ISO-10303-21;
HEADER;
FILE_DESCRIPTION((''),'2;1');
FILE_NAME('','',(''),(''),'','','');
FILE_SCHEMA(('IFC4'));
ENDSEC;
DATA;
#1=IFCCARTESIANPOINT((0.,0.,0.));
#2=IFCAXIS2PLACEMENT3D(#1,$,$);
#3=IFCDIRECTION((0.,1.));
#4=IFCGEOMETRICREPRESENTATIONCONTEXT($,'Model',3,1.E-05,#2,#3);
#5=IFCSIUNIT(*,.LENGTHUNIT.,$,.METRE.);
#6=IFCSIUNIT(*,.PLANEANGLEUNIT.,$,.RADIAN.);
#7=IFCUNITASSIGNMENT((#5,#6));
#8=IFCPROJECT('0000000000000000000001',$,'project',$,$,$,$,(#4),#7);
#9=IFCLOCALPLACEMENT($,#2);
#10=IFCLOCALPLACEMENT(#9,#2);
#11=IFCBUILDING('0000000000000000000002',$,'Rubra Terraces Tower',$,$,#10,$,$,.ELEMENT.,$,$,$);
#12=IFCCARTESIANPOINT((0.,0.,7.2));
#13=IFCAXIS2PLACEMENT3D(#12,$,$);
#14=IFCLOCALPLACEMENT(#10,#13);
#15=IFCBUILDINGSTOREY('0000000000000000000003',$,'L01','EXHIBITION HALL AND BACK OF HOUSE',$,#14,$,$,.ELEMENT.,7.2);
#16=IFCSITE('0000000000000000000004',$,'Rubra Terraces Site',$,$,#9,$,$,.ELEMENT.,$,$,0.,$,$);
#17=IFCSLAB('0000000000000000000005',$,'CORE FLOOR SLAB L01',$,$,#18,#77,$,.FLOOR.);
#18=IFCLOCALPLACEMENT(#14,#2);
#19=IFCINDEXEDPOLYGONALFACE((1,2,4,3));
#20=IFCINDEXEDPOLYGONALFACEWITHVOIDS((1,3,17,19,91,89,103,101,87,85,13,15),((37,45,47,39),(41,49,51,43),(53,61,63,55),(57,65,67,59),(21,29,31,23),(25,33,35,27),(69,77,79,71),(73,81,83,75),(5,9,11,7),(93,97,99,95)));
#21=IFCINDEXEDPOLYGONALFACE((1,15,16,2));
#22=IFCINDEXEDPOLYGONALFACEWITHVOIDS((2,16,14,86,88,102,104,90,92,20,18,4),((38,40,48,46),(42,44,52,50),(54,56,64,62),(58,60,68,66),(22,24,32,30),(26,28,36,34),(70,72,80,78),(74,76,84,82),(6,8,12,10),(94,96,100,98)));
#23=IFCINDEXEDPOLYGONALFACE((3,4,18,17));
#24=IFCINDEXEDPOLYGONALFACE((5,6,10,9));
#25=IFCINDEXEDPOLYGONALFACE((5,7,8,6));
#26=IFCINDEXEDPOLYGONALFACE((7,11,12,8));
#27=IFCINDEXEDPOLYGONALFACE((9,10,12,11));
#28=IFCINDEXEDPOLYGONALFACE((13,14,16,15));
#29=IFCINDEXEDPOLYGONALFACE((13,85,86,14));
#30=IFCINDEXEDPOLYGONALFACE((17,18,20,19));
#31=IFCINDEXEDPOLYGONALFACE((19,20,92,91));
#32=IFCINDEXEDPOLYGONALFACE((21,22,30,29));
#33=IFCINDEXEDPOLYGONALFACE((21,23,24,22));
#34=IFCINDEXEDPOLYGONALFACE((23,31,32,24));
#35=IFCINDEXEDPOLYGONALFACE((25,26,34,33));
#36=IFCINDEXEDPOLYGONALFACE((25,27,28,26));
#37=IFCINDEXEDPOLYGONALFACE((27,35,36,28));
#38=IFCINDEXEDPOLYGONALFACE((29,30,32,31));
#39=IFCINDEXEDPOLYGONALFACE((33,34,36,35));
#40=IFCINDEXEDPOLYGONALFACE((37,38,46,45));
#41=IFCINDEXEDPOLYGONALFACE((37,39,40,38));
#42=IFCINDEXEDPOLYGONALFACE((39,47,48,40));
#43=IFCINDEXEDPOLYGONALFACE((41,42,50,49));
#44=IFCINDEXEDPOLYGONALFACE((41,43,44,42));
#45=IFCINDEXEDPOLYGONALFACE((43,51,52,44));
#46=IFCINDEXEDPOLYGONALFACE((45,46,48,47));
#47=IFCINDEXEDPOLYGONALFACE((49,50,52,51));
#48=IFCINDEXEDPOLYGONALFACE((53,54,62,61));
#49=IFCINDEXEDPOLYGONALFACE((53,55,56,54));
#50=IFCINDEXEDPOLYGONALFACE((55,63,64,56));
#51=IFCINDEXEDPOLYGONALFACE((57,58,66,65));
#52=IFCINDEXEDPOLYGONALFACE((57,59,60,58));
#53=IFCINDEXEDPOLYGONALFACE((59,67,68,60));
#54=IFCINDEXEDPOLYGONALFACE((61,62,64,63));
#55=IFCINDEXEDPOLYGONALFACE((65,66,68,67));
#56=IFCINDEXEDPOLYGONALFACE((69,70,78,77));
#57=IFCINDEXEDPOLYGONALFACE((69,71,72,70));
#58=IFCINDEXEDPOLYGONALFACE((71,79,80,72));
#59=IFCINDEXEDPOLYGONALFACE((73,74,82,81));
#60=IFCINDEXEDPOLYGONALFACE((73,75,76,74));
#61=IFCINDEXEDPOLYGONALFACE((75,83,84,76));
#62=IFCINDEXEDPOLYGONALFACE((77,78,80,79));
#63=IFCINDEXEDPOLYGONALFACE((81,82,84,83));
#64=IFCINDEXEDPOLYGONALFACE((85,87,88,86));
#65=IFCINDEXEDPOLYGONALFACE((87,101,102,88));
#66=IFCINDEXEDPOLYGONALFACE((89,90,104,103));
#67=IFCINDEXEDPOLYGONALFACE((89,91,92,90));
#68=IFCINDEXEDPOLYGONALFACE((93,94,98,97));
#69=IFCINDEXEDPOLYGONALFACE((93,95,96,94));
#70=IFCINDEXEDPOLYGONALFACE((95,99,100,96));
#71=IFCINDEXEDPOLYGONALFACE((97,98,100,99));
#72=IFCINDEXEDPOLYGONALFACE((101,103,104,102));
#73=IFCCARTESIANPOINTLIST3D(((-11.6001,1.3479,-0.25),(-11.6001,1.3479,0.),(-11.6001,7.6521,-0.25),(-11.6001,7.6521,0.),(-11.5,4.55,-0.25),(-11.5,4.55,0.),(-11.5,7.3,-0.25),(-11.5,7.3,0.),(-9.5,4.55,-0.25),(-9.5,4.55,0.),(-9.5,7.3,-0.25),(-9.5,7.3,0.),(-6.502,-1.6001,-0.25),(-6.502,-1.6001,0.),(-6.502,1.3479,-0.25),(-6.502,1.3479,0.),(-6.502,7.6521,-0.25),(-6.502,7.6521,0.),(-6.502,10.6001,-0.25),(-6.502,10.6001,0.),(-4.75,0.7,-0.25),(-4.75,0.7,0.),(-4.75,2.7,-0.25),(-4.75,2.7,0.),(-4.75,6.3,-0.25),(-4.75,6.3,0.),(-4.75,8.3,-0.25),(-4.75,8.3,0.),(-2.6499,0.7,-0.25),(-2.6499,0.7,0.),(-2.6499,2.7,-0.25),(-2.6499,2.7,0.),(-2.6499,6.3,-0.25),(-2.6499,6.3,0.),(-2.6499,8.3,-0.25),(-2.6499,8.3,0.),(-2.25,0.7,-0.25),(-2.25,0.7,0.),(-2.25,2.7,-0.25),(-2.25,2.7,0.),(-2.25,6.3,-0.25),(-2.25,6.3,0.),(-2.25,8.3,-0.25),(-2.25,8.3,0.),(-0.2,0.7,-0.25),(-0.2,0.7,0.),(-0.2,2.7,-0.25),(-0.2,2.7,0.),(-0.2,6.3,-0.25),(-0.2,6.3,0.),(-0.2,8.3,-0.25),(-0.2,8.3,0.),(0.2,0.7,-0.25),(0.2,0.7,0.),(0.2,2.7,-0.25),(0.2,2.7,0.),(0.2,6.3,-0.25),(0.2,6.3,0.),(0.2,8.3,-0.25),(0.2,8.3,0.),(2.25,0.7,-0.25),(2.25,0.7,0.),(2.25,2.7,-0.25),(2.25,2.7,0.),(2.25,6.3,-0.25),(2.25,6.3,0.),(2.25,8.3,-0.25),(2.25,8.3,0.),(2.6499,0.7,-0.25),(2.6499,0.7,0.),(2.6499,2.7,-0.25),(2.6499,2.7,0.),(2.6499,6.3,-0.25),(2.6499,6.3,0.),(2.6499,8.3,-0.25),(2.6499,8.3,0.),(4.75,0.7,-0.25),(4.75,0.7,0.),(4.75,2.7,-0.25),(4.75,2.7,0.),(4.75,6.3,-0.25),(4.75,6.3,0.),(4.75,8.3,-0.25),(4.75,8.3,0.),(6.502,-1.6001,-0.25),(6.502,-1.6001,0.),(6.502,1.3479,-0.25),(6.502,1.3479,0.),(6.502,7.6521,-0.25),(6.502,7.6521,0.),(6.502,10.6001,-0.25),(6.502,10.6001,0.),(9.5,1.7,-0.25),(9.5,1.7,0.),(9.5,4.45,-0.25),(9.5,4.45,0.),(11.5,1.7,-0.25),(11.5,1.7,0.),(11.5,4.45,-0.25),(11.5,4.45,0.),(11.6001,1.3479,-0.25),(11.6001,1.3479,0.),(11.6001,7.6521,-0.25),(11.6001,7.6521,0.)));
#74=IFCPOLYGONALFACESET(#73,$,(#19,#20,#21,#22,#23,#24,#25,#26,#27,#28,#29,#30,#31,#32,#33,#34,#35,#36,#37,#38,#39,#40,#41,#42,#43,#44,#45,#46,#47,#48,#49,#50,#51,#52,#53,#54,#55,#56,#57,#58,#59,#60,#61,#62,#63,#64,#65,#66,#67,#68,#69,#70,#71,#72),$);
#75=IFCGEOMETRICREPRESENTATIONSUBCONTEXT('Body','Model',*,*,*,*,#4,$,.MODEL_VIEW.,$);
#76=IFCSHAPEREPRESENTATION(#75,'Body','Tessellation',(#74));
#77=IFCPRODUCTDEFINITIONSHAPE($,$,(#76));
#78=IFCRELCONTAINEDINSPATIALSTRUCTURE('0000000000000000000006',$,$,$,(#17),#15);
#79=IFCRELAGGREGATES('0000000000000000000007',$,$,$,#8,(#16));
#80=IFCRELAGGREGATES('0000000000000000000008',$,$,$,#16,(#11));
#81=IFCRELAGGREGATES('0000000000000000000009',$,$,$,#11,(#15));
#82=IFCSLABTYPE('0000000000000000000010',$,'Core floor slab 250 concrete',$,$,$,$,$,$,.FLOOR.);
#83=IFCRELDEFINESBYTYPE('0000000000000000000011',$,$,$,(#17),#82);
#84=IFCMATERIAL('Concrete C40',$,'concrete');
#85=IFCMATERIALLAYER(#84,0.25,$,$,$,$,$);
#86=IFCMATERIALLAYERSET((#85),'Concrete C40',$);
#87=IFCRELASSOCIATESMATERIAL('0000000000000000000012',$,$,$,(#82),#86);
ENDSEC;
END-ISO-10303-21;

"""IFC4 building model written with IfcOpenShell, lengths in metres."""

from ifc_helpers import new_model, si_unit, direction, frame, origin, place, context, subcontext, project, spatial, polyline, outline, extrude, material, layer, layer_set, type_object, element, save


model = new_model("IFC4")

# Units and contexts
model_context = context("Model", 3, precision=1e-05, world=origin(), true_north=direction((0.0, 1.0)))
body_context = subcontext(model_context, "Body", "Model", "MODEL_VIEW")
ifc_project = project(units=[si_unit("LENGTHUNIT", "METRE"), si_unit("PLANEANGLEUNIT", "RADIAN")], contexts=[model_context])

# Site, building, storey
site_placement = place(None, origin())
site = spatial("IfcSite", under=ifc_project, at=site_placement, Name="Rubra Terraces Site", CompositionType="ELEMENT", RefElevation=0.0)
building_placement = place(site_placement, origin())
building = spatial("IfcBuilding", under=site, at=building_placement, Name="Rubra Terraces Tower", CompositionType="ELEMENT")
storey_placement = place(building_placement, frame((0.0, 0.0, 7.2)))
storey = spatial("IfcBuildingStorey", under=building, at=storey_placement, Name="L01", Description="EXHIBITION HALL AND BACK OF HOUSE", CompositionType="ELEMENT", Elevation=7.2)

# Slab
ifc_material_1 = material(Name="Concrete C40", Category="concrete")
ifc_layer_1 = layer(ifc_material_1, 0.25)
ifc_layer_set_1 = layer_set([ifc_layer_1], Name="Concrete C40")
slab_type_1 = type_object("IfcSlabType", Name="Core floor slab 250 concrete", PredefinedType="FLOOR", material=ifc_layer_set_1)
slab_1_placement = place(storey_placement, frame((0.0, 0.0, -0.25)))
element("IfcSlab", 1, at=slab_1_placement, inside=storey, type_object=slab_type_1, Name="CORE FLOOR SLAB L01", PredefinedType="FLOOR", context=body_context, shape_type="SweptSolid", body=[
    extrude(outline(polyline([(-11.6001, 1.3479), (-11.6001, 7.6521), (-6.502, 7.6521), (-6.502, 10.6001), (6.502, 10.6001), (6.502, 7.6521), (11.6001, 7.6521), (11.6001, 1.3479), (6.502, 1.3479), (6.502, -1.6001), (-6.502, -1.6001), (-6.502, 1.3479), (-11.6001, 1.3479)]), holes=[polyline([(9.5, 1.7), (11.5, 1.7), (11.5, 4.45), (9.5, 4.45), (9.5, 1.7)]), polyline([(4.75, 0.7), (4.75, 2.7), (2.6499, 2.7), (2.6499, 0.7), (4.75, 0.7)]), polyline([(4.75, 6.3), (4.75, 8.3), (2.6499, 8.3), (2.6499, 6.3), (4.75, 6.3)]), polyline([(2.25, 0.7), (2.25, 2.7), (0.2, 2.7), (0.2, 0.7), (2.25, 0.7)]), polyline([(2.25, 6.3), (2.25, 8.3), (0.2, 8.3), (0.2, 6.3), (2.25, 6.3)]), polyline([(-0.2, 0.7), (-0.2, 2.7), (-2.25, 2.7), (-2.25, 0.7), (-0.2, 0.7)]), polyline([(-0.2, 6.3), (-0.2, 8.3), (-2.25, 8.3), (-2.25, 6.3), (-0.2, 6.3)]), polyline([(-2.6499, 0.7), (-2.6499, 2.7), (-4.75, 2.7), (-4.75, 0.7), (-2.6499, 0.7)]), polyline([(-2.6499, 8.3), (-4.75, 8.3), (-4.75, 6.3), (-2.6499, 6.3), (-2.6499, 8.3)]), polyline([(-9.5, 7.3), (-11.5, 7.3), (-11.5, 4.55), (-9.5, 4.55), (-9.5, 7.3)])]), origin(), (0.0, 0.0, 1.0), 0.25),
])

save(model, "model.ifc")
